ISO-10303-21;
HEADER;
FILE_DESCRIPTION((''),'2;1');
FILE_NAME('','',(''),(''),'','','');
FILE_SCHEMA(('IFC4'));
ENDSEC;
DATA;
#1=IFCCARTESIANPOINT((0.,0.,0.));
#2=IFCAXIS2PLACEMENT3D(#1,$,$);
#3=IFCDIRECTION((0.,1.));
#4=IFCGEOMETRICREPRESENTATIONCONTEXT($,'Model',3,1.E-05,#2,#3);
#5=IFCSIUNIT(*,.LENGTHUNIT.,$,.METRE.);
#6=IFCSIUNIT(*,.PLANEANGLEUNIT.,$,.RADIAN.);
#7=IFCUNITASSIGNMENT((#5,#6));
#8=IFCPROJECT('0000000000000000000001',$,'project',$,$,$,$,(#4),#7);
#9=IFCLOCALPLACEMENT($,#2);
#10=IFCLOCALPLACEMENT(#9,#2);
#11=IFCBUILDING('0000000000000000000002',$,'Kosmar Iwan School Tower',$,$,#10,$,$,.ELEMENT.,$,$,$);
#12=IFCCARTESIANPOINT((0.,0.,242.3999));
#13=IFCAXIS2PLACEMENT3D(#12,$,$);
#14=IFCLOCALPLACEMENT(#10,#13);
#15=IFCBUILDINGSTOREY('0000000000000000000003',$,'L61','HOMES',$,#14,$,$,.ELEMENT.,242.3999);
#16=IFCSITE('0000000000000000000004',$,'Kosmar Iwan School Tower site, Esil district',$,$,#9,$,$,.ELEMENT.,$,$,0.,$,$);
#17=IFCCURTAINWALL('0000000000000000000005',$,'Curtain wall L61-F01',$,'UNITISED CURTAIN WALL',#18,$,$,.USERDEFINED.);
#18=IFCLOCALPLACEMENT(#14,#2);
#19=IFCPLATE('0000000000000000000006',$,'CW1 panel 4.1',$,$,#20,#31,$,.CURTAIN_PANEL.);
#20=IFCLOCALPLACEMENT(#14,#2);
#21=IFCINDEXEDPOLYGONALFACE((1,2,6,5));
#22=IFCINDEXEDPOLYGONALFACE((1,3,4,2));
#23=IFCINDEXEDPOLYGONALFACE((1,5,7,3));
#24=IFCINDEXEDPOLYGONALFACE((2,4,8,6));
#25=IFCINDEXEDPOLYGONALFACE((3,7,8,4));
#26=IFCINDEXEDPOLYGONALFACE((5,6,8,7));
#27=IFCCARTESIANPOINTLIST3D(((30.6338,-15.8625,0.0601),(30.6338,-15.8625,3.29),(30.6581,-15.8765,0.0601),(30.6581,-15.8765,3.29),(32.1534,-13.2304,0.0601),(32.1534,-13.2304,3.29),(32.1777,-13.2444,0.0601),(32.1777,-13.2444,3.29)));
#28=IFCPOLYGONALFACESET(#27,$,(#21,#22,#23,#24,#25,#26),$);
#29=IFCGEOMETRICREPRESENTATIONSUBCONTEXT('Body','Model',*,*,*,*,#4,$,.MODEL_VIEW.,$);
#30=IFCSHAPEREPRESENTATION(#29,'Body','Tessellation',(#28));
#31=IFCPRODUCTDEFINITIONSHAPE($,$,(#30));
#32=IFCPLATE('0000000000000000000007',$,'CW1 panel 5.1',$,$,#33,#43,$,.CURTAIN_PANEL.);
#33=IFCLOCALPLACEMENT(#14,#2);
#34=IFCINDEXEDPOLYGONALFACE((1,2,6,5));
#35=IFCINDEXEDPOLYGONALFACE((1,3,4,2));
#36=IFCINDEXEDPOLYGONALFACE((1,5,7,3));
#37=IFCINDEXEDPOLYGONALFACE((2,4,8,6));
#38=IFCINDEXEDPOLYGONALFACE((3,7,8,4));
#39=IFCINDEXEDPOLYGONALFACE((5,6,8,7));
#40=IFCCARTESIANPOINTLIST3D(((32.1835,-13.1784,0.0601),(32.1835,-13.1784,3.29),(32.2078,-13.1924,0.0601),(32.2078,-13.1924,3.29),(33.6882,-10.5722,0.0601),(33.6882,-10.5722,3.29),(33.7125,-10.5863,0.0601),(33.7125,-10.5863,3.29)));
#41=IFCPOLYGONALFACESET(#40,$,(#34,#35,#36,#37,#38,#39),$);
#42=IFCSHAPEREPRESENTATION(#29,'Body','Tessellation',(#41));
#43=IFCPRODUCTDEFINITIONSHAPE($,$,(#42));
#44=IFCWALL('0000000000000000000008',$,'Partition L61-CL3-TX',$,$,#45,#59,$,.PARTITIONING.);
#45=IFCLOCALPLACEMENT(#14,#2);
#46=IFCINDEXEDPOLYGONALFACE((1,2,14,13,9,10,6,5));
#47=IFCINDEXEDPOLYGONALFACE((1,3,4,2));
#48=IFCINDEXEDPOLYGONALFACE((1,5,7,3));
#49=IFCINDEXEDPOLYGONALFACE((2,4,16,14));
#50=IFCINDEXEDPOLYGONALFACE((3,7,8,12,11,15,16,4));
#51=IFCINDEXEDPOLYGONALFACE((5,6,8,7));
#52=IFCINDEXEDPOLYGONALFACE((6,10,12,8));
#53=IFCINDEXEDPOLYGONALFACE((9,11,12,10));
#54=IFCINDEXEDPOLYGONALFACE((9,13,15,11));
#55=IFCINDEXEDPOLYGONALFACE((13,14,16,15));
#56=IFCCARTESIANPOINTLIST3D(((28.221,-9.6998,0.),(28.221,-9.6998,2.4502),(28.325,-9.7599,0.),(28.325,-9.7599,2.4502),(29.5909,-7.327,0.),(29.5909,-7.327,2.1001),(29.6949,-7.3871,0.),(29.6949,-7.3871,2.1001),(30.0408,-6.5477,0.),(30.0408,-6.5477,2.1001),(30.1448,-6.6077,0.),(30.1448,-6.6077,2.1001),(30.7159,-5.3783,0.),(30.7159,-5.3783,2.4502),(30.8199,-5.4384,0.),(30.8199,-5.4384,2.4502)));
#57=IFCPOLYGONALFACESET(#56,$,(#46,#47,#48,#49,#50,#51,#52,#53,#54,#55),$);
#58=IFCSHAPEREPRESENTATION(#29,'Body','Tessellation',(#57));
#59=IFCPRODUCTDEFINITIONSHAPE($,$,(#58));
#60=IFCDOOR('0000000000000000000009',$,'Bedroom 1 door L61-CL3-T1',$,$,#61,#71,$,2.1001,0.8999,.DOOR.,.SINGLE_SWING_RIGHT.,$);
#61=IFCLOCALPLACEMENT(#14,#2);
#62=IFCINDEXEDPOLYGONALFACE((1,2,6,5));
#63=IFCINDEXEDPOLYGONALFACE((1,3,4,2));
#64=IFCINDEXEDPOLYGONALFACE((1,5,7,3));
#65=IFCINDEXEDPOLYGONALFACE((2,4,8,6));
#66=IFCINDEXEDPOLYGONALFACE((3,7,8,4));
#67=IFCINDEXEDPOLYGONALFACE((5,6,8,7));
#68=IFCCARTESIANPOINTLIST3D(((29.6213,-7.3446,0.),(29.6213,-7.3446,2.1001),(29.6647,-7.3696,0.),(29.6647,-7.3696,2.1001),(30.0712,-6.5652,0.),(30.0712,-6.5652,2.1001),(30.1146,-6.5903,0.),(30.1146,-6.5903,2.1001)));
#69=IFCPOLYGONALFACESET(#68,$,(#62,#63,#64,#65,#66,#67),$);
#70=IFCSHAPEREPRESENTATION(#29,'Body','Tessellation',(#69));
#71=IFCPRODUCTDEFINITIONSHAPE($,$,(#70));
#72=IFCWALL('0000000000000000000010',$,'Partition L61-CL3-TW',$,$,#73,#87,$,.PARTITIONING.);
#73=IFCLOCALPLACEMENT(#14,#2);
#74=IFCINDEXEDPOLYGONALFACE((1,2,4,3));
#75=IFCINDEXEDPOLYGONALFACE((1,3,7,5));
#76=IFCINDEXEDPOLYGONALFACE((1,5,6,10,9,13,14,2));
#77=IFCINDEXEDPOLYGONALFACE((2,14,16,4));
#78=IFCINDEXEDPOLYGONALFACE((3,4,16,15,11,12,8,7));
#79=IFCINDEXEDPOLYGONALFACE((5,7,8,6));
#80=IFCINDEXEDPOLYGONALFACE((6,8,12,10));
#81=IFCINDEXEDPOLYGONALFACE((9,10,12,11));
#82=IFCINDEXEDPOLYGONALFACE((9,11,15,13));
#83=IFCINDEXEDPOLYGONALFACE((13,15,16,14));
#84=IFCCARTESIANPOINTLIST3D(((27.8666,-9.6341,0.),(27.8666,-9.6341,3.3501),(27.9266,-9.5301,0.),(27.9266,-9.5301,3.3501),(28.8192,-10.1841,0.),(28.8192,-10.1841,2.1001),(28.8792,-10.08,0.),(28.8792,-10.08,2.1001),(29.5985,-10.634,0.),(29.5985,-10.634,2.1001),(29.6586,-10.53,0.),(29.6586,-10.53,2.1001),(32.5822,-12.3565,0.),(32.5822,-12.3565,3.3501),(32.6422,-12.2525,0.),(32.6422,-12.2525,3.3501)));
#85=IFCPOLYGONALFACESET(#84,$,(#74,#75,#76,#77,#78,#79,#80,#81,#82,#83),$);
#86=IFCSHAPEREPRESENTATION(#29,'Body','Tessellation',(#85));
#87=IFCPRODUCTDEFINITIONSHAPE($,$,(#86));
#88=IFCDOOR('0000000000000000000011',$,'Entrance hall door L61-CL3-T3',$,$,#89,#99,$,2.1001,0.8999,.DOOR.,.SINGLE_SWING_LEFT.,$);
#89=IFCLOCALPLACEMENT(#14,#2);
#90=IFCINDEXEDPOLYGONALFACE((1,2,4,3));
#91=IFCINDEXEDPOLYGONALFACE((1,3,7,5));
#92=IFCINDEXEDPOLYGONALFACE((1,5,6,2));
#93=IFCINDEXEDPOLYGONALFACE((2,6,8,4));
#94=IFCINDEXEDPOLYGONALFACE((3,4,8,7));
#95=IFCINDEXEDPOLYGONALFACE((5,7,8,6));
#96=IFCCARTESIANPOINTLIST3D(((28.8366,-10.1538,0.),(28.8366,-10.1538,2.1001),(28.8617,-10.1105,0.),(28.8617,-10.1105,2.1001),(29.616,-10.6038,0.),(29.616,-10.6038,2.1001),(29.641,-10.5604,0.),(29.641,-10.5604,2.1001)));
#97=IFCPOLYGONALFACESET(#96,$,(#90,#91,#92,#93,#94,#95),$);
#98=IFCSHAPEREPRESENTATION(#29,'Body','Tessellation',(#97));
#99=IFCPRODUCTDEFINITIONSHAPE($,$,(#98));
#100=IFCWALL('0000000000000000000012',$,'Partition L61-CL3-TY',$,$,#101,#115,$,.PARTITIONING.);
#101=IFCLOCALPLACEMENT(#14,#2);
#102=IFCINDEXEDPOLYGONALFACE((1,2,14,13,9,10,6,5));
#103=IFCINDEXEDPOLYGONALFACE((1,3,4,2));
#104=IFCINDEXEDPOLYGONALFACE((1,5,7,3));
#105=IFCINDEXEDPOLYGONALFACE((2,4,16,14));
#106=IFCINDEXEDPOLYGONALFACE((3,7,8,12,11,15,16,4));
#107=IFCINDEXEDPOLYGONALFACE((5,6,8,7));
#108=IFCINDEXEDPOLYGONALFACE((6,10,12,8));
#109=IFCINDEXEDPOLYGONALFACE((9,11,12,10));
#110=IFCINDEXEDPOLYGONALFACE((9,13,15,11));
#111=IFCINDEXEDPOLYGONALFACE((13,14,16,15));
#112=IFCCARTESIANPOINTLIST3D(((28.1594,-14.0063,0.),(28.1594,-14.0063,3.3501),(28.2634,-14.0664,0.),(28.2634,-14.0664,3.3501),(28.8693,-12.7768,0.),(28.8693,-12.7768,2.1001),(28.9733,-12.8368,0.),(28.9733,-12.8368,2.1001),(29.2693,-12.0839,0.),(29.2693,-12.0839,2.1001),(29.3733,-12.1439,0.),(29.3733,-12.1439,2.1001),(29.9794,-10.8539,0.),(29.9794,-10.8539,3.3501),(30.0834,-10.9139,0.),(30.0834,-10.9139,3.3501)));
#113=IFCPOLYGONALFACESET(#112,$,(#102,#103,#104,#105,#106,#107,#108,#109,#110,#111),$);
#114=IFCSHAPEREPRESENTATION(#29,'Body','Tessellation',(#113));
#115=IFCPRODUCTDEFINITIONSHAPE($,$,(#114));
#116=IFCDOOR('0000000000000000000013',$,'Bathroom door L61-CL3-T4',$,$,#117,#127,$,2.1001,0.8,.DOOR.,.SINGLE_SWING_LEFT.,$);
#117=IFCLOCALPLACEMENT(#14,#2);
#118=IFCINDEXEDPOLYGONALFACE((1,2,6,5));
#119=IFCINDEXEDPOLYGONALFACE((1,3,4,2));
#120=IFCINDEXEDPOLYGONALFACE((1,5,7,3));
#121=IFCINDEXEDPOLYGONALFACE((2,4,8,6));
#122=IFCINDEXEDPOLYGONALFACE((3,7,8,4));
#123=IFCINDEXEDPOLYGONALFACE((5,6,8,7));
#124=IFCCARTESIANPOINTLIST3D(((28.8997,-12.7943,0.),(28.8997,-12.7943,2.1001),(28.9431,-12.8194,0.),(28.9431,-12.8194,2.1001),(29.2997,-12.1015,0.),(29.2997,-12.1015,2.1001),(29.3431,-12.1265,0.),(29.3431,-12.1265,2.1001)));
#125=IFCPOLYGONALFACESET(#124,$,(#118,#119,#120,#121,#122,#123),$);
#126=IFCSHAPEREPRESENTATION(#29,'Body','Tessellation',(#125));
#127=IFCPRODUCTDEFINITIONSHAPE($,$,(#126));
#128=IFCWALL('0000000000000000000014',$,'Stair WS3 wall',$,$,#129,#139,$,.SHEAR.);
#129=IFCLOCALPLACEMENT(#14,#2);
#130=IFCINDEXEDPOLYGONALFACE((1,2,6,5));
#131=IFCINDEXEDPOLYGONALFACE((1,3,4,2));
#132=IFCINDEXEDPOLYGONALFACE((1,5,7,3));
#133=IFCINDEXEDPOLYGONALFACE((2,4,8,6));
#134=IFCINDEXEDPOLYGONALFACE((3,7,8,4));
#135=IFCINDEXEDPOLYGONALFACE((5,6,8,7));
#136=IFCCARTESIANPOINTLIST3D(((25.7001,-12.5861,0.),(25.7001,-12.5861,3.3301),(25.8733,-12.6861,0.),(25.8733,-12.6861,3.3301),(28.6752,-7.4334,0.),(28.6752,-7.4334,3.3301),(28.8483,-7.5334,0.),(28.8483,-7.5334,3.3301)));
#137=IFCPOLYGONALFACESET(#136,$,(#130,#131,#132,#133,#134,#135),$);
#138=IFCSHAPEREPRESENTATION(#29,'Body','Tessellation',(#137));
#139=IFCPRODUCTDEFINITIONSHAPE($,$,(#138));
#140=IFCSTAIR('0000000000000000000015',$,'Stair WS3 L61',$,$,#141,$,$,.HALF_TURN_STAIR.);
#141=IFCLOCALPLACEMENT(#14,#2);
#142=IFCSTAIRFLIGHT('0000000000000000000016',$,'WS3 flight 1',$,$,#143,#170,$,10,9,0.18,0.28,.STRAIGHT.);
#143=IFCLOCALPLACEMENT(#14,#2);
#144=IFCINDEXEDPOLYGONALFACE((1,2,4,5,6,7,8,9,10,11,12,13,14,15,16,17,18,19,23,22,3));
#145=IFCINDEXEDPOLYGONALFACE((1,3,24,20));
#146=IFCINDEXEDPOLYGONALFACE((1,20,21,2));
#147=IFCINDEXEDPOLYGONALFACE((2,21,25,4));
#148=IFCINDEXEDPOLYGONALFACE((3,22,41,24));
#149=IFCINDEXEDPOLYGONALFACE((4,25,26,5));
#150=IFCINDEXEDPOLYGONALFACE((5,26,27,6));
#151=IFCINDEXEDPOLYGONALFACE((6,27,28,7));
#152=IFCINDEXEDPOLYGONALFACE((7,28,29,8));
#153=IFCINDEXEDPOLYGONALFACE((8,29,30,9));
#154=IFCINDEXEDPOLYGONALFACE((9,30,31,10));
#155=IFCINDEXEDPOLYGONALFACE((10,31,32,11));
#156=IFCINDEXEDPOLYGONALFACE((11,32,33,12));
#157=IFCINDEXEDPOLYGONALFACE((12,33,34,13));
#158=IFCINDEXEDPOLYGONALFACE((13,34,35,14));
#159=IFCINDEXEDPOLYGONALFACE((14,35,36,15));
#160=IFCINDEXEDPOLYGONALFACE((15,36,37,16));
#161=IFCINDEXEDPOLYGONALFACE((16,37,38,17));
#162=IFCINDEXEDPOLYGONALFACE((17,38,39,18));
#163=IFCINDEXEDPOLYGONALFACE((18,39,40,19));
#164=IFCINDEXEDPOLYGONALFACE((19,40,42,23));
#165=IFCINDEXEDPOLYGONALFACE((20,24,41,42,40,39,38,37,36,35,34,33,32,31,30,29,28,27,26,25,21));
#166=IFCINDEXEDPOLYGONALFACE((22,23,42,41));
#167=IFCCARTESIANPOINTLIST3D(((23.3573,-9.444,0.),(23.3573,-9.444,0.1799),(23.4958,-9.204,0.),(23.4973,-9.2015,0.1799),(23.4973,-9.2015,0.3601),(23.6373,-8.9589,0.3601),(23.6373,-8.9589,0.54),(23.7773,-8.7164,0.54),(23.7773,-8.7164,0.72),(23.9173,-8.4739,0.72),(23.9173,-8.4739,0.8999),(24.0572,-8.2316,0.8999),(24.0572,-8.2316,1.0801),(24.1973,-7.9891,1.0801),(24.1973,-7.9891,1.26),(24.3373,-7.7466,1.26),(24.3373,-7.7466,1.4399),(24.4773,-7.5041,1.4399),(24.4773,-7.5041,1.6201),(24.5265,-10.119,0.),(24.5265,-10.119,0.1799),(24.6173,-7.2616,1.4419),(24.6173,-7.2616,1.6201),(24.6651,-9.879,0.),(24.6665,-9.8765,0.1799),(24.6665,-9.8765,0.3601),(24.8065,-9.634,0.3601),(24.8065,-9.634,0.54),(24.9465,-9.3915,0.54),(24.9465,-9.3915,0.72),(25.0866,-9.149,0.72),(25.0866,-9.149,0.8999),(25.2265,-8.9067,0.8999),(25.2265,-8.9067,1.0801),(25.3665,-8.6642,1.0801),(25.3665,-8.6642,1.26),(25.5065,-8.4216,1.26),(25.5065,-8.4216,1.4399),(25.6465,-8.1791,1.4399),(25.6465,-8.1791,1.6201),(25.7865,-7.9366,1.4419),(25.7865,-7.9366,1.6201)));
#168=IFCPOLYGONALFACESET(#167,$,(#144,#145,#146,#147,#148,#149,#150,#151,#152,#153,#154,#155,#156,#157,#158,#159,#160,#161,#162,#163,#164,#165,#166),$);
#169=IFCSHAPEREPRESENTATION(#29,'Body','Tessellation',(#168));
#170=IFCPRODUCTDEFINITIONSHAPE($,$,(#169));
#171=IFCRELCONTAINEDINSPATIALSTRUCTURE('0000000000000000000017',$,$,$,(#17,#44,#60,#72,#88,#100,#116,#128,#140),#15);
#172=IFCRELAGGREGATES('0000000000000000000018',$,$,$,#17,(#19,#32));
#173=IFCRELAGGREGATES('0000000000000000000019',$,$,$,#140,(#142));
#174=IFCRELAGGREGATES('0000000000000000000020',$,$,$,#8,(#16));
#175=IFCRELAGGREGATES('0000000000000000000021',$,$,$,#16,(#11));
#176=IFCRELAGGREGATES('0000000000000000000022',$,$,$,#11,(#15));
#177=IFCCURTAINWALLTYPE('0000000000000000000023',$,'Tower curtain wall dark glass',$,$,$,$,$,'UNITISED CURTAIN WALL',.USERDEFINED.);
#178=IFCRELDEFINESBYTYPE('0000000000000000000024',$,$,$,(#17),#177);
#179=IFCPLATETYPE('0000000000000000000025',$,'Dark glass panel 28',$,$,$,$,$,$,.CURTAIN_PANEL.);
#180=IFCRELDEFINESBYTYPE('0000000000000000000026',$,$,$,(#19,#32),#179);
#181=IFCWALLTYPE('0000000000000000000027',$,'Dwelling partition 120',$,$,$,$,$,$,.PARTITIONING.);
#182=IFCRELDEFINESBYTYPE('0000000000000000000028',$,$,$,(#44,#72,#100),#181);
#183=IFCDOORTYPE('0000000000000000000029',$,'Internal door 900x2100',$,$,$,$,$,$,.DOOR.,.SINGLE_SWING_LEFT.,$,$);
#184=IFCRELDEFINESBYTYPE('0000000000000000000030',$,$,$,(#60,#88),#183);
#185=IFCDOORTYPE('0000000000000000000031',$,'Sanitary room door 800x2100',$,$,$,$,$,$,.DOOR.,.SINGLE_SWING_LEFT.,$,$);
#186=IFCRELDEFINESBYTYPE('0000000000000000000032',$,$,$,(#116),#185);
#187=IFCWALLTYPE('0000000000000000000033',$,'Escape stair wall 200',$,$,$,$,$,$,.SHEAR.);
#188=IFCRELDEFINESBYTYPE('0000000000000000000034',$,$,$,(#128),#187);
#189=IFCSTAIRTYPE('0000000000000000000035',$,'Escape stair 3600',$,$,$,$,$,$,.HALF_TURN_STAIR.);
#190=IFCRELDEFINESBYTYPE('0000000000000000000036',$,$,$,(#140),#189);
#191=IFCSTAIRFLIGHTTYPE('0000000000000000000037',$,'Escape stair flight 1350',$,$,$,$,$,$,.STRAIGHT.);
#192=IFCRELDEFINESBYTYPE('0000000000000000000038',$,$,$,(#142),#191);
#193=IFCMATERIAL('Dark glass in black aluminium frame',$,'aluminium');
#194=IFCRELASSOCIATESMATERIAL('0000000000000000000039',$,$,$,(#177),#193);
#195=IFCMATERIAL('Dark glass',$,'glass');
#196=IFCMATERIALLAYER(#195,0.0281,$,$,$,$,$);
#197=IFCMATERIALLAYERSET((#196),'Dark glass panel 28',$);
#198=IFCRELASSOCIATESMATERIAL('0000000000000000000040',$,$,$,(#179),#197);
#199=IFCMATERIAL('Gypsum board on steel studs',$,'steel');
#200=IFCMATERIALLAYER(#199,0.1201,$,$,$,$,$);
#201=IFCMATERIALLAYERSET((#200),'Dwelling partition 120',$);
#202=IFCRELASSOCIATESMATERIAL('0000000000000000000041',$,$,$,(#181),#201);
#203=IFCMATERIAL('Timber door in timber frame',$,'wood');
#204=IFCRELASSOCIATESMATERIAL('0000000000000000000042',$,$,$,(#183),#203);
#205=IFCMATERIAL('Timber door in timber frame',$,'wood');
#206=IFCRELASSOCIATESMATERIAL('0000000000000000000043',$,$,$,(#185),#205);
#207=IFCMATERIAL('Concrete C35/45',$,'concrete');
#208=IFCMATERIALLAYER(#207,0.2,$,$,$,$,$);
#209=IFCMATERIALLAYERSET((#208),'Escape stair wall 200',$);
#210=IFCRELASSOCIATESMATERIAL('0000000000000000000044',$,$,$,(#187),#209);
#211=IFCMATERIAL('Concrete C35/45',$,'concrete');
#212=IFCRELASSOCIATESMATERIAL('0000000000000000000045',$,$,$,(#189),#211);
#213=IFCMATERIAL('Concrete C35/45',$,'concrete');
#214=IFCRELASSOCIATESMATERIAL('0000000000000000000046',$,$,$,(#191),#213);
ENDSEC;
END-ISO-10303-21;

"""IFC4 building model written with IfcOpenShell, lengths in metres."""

from ifc_helpers import new_model, si_unit, direction, frame, frame_2d, origin, origin_2d, place, context, subcontext, project, spatial, polyline, rectangle, outline, extrude, material, layer, layer_set, type_object, element, fill, aggregate, save


model = new_model("IFC4")

# Units and contexts
model_context = context("Model", 3, precision=1e-05, world=origin(), true_north=direction((0.0, 1.0)))
body_context = subcontext(model_context, "Body", "Model", "MODEL_VIEW")
ifc_project = project(units=[si_unit("LENGTHUNIT", "METRE"), si_unit("PLANEANGLEUNIT", "RADIAN")], contexts=[model_context])

# Site, building, storey
site_placement = place(None, origin())
site = spatial("IfcSite", under=ifc_project, at=site_placement, Name="Kosmar Iwan School Tower site, Esil district", CompositionType="ELEMENT", RefElevation=0.0)
building_placement = place(site_placement, origin())
building = spatial("IfcBuilding", under=site, at=building_placement, Name="Kosmar Iwan School Tower", CompositionType="ELEMENT")
storey_placement = place(building_placement, frame((0.0, 0.0, 242.3999)))
storey = spatial("IfcBuildingStorey", under=building, at=storey_placement, Name="L61", Description="HOMES", CompositionType="ELEMENT", Elevation=242.3999)

# Curtain wall
ifc_material_1 = material(Name="Dark glass in black aluminium frame", Category="aluminium")
curtain_wall_type_1 = type_object("IfcCurtainWallType", Name="Tower curtain wall dark glass", ElementType="UNITISED CURTAIN WALL", PredefinedType="USERDEFINED", material=ifc_material_1)
curtain_wall_1_placement = place(storey_placement, origin())
curtain_wall_1 = element("IfcCurtainWall", 1, at=curtain_wall_1_placement, inside=storey, type_object=curtain_wall_type_1, Name="Curtain wall L61-F01", ObjectType="UNITISED CURTAIN WALL", PredefinedType="USERDEFINED")

# Plates
ifc_material_2 = material(Name="Dark glass", Category="glass")
ifc_layer_1 = layer(ifc_material_2, 0.0281)
ifc_layer_set_1 = layer_set([ifc_layer_1], Name="Dark glass panel 28")
plate_type = type_object("IfcPlateType", Name="Dark glass panel 28", PredefinedType="CURTAIN_PANEL", material=ifc_layer_set_1)
plate_1_placement = place(storey_placement, frame((31.4058, -14.5535, 0.0601), z_axis=(0.0, 0.0, 1.0), x_axis=(0.5, 0.866025, 0.0)))
plate_1 = element("IfcPlate", 2, at=plate_1_placement, type_object=plate_type, Name="CW1 panel 4.1", PredefinedType="CURTAIN_PANEL", context=body_context, shape_type="SweptSolid", body=[
    extrude(rectangle(XDim=3.0393, YDim=0.0281, at=origin_2d()), origin(), (0.0, 0.0, 1.0), 3.23),
])
plate_2_placement = place(storey_placement, frame((32.948, -11.8823, 0.0601), z_axis=(0.0, 0.0, 1.0), x_axis=(0.5, 0.866025, 0.0)))
plate_2 = element("IfcPlate", 3, at=plate_2_placement, type_object=plate_type, Name="CW1 panel 5.1", PredefinedType="CURTAIN_PANEL", context=body_context, shape_type="SweptSolid", body=[
    extrude(rectangle(XDim=3.0093, YDim=0.0281, at=origin_2d()), origin(), (0.0, 0.0, 1.0), 3.23),
])
aggregate(curtain_wall_1, [plate_1, plate_2])

# Walls, openings, doors
ifc_material_3 = material(Name="Gypsum board on steel studs", Category="steel")
ifc_layer_2 = layer(ifc_material_3, 0.1201)
ifc_layer_set_2 = layer_set([ifc_layer_2], Name="Dwelling partition 120")
wall_type_1 = type_object("IfcWallType", Name="Dwelling partition 120", PredefinedType="PARTITIONING", material=ifc_layer_set_2)
wall_1_placement = place(storey_placement, frame((28.2729, -9.73, 0.0), z_axis=(0.0, 0.0, 1.0), x_axis=(0.499975, 0.86604, 0.0)))
wall_1 = element("IfcWall", 4, at=wall_1_placement, inside=storey, type_object=wall_type_1, Name="Partition L61-CL3-TX", PredefinedType="PARTITIONING", context=body_context, shape_type="SweptSolid", body=[
    extrude(rectangle(XDim=4.99, YDim=0.1201, at=frame_2d((2.4951, 0.0))), origin(), (0.0, 0.0, 1.0), 2.4502),
])
opening_1_placement = place(wall_1_placement, frame((2.74, 0.0, 0.0)))
opening_1 = element("IfcOpeningElement", 5, at=opening_1_placement, cuts=wall_1, PredefinedType="OPENING", context=body_context, shape_type="SweptSolid", body=[
    extrude(rectangle(XDim=0.8999, YDim=2.1001, at=frame_2d((0.45, 1.05))), frame((0.0, 0.072, 0.0), z_axis=(0.0, -1.0, 0.0), x_axis=(1.0, 0.0, 0.0)), (0.0, 0.0, 1.0), 0.144),
])
ifc_material_4 = material(Name="Timber door in timber frame", Category="wood")
door_type_1 = type_object("IfcDoorType", Name="Internal door 900x2100", OperationType="SINGLE_SWING_LEFT", PredefinedType="DOOR", material=ifc_material_4)
door_1_placement = place(opening_1_placement, origin())
door_1 = element("IfcDoor", 6, at=door_1_placement, inside=storey, type_object=door_type_1, Name="Bedroom 1 door L61-CL3-T1", OperationType="SINGLE_SWING_RIGHT", OverallHeight=2.1001, OverallWidth=0.8999, PredefinedType="DOOR", context=body_context, shape_type="SweptSolid", body=[
    extrude(rectangle(XDim=0.8999, YDim=2.1001, at=frame_2d((0.45, 1.05))), frame((0.0, 0.0249, 0.0), z_axis=(0.0, -1.0, 0.0), x_axis=(1.0, 0.0, 0.0)), (0.0, 0.0, 1.0), 0.05),
])
fill(opening_1, door_1)
wall_2_placement = place(storey_placement, frame((27.8965, -9.582, 0.0), z_axis=(0.0, 0.0, 1.0), x_axis=(0.866036, -0.499982, 0.0)))
wall_2 = element("IfcWall", 7, at=wall_2_placement, inside=storey, type_object=wall_type_1, Name="Partition L61-CL3-TW", PredefinedType="PARTITIONING", context=body_context, shape_type="SweptSolid", body=[
    extrude(rectangle(XDim=5.4451, YDim=0.1201, at=frame_2d((2.7227, 0.0))), origin(), (0.0, 0.0, 1.0), 3.3501),
])
opening_2_placement = place(wall_2_placement, frame((1.1001, 0.0, 0.0)))
opening_2 = element("IfcOpeningElement", 8, at=opening_2_placement, cuts=wall_2, PredefinedType="OPENING", context=body_context, shape_type="SweptSolid", body=[
    extrude(rectangle(XDim=0.8999, YDim=2.1001, at=frame_2d((0.45, 1.05))), frame((0.0, 0.072, 0.0), z_axis=(0.0, -1.0, 0.0), x_axis=(1.0, 0.0, 0.0)), (0.0, 0.0, 1.0), 0.144),
])
door_2_placement = place(opening_2_placement, origin())
door_2 = element("IfcDoor", 9, at=door_2_placement, inside=storey, type_object=door_type_1, Name="Entrance hall door L61-CL3-T3", OperationType="SINGLE_SWING_LEFT", OverallHeight=2.1001, OverallWidth=0.8999, PredefinedType="DOOR", context=body_context, shape_type="SweptSolid", body=[
    extrude(rectangle(XDim=0.8999, YDim=2.1001, at=frame_2d((0.45, 1.05))), frame((0.0, 0.0249, 0.0), z_axis=(0.0, -1.0, 0.0), x_axis=(1.0, 0.0, 0.0)), (0.0, 0.0, 1.0), 0.05),
])
fill(opening_2, door_2)
wall_3_placement = place(storey_placement, frame((28.2114, -14.0364, 0.0), z_axis=(0.0, 0.0, 1.0), x_axis=(0.499984, 0.866035, 0.0)))
wall_3 = element("IfcWall", 10, at=wall_3_placement, inside=storey, type_object=wall_type_1, Name="Partition L61-CL3-TY", PredefinedType="PARTITIONING", context=body_context, shape_type="SweptSolid", body=[
    extrude(rectangle(XDim=3.6401, YDim=0.1201, at=frame_2d((1.8201, 0.0))), origin(), (0.0, 0.0, 1.0), 3.3501),
])
opening_3_placement = place(wall_3_placement, frame((1.4199, 0.0, 0.0)))
opening_3 = element("IfcOpeningElement", 11, at=opening_3_placement, cuts=wall_3, PredefinedType="OPENING", context=body_context, shape_type="SweptSolid", body=[
    extrude(rectangle(XDim=0.8, YDim=2.1001, at=frame_2d((0.3999, 1.05))), frame((0.0, 0.072, 0.0), z_axis=(0.0, -1.0, 0.0), x_axis=(1.0, 0.0, 0.0)), (0.0, 0.0, 1.0), 0.144),
])
ifc_material_5 = material(Name="Timber door in timber frame", Category="wood")
door_type_2 = type_object("IfcDoorType", Name="Sanitary room door 800x2100", OperationType="SINGLE_SWING_LEFT", PredefinedType="DOOR", material=ifc_material_5)
door_3_placement = place(opening_3_placement, origin())
door_3 = element("IfcDoor", 12, at=door_3_placement, inside=storey, type_object=door_type_2, Name="Bathroom door L61-CL3-T4", OperationType="SINGLE_SWING_LEFT", OverallHeight=2.1001, OverallWidth=0.8, PredefinedType="DOOR", context=body_context, shape_type="SweptSolid", body=[
    extrude(rectangle(XDim=0.8, YDim=2.1001, at=frame_2d((0.3999, 1.05))), frame((0.0, 0.0249, 0.0), z_axis=(0.0, -1.0, 0.0), x_axis=(1.0, 0.0, 0.0)), (0.0, 0.0, 1.0), 0.05),
])
fill(opening_3, door_3)

# Wall
ifc_material_6 = material(Name="Concrete C35/45", Category="concrete")
ifc_layer_3 = layer(ifc_material_6, 0.2)
ifc_layer_set_3 = layer_set([ifc_layer_3], Name="Escape stair wall 200")
wall_type_2 = type_object("IfcWallType", Name="Escape stair wall 200", PredefinedType="SHEAR", material=ifc_layer_set_3)
wall_4_placement = place(storey_placement, frame((25.7866, -12.6362, 0.0), z_axis=(0.0, 0.0, 1.0), x_axis=(0.500014, 0.866017, 0.0)))
element("IfcWall", 13, at=wall_4_placement, inside=storey, type_object=wall_type_2, Name="Stair WS3 wall", PredefinedType="SHEAR", context=body_context, shape_type="SweptSolid", body=[
    extrude(rectangle(XDim=5.95, YDim=0.2, at=frame_2d((2.9751, 0.0))), origin(), (0.0, 0.0, 1.0), 3.3301),
])

# Stair, stair flight
ifc_material_7 = material(Name="Concrete C35/45", Category="concrete")
stair_type = type_object("IfcStairType", Name="Escape stair 3600", PredefinedType="HALF_TURN_STAIR", material=ifc_material_7)
stair_placement = place(storey_placement, origin())
stair = element("IfcStair", 14, at=stair_placement, inside=storey, type_object=stair_type, Name="Stair WS3 L61", PredefinedType="HALF_TURN_STAIR")
ifc_material_8 = material(Name="Concrete C35/45", Category="concrete")
stair_flight_type = type_object("IfcStairFlightType", Name="Escape stair flight 1350", PredefinedType="STRAIGHT", material=ifc_material_8)
stair_flight_1_placement = place(storey_placement, frame((23.9419, -9.7815, 0.0), z_axis=(0.0, 0.0, 1.0), x_axis=(0.5, 0.866025, 0.0)))
stair_flight_1 = element("IfcStairFlight", 15, at=stair_flight_1_placement, type_object=stair_flight_type, Name="WS3 flight 1", NumberOfRisers=10, NumberOfTreads=9, PredefinedType="STRAIGHT", RiserHeight=0.18, TreadLength=0.28, context=body_context, shape_type="SweptSolid", body=[
    extrude(outline(polyline([(0.0, 0.0), (0.0, 0.1799), (0.28, 0.1799), (0.28, 0.3601), (0.5601, 0.3601), (0.5601, 0.54), (0.8401, 0.54), (0.8401, 0.72), (1.1201, 0.72), (1.1201, 0.8999), (1.3999, 0.8999), (1.3999, 1.0801), (1.6799, 1.0801), (1.6799, 1.26), (1.96, 1.26), (1.96, 1.4399), (2.24, 1.4399), (2.24, 1.6201), (2.52, 1.6201), (2.52, 1.8), (2.52, 1.4419), (0.2771, 0.0), (0.0, 0.0)])), frame((0.0, 0.675, 0.0), z_axis=(0.0, -1.0, 0.0), x_axis=(1.0, 0.0, 0.0)), (0.0, 0.0, 1.0), 1.3501),
])
aggregate(stair, [stair_flight_1])

save(model, "model.ifc")
